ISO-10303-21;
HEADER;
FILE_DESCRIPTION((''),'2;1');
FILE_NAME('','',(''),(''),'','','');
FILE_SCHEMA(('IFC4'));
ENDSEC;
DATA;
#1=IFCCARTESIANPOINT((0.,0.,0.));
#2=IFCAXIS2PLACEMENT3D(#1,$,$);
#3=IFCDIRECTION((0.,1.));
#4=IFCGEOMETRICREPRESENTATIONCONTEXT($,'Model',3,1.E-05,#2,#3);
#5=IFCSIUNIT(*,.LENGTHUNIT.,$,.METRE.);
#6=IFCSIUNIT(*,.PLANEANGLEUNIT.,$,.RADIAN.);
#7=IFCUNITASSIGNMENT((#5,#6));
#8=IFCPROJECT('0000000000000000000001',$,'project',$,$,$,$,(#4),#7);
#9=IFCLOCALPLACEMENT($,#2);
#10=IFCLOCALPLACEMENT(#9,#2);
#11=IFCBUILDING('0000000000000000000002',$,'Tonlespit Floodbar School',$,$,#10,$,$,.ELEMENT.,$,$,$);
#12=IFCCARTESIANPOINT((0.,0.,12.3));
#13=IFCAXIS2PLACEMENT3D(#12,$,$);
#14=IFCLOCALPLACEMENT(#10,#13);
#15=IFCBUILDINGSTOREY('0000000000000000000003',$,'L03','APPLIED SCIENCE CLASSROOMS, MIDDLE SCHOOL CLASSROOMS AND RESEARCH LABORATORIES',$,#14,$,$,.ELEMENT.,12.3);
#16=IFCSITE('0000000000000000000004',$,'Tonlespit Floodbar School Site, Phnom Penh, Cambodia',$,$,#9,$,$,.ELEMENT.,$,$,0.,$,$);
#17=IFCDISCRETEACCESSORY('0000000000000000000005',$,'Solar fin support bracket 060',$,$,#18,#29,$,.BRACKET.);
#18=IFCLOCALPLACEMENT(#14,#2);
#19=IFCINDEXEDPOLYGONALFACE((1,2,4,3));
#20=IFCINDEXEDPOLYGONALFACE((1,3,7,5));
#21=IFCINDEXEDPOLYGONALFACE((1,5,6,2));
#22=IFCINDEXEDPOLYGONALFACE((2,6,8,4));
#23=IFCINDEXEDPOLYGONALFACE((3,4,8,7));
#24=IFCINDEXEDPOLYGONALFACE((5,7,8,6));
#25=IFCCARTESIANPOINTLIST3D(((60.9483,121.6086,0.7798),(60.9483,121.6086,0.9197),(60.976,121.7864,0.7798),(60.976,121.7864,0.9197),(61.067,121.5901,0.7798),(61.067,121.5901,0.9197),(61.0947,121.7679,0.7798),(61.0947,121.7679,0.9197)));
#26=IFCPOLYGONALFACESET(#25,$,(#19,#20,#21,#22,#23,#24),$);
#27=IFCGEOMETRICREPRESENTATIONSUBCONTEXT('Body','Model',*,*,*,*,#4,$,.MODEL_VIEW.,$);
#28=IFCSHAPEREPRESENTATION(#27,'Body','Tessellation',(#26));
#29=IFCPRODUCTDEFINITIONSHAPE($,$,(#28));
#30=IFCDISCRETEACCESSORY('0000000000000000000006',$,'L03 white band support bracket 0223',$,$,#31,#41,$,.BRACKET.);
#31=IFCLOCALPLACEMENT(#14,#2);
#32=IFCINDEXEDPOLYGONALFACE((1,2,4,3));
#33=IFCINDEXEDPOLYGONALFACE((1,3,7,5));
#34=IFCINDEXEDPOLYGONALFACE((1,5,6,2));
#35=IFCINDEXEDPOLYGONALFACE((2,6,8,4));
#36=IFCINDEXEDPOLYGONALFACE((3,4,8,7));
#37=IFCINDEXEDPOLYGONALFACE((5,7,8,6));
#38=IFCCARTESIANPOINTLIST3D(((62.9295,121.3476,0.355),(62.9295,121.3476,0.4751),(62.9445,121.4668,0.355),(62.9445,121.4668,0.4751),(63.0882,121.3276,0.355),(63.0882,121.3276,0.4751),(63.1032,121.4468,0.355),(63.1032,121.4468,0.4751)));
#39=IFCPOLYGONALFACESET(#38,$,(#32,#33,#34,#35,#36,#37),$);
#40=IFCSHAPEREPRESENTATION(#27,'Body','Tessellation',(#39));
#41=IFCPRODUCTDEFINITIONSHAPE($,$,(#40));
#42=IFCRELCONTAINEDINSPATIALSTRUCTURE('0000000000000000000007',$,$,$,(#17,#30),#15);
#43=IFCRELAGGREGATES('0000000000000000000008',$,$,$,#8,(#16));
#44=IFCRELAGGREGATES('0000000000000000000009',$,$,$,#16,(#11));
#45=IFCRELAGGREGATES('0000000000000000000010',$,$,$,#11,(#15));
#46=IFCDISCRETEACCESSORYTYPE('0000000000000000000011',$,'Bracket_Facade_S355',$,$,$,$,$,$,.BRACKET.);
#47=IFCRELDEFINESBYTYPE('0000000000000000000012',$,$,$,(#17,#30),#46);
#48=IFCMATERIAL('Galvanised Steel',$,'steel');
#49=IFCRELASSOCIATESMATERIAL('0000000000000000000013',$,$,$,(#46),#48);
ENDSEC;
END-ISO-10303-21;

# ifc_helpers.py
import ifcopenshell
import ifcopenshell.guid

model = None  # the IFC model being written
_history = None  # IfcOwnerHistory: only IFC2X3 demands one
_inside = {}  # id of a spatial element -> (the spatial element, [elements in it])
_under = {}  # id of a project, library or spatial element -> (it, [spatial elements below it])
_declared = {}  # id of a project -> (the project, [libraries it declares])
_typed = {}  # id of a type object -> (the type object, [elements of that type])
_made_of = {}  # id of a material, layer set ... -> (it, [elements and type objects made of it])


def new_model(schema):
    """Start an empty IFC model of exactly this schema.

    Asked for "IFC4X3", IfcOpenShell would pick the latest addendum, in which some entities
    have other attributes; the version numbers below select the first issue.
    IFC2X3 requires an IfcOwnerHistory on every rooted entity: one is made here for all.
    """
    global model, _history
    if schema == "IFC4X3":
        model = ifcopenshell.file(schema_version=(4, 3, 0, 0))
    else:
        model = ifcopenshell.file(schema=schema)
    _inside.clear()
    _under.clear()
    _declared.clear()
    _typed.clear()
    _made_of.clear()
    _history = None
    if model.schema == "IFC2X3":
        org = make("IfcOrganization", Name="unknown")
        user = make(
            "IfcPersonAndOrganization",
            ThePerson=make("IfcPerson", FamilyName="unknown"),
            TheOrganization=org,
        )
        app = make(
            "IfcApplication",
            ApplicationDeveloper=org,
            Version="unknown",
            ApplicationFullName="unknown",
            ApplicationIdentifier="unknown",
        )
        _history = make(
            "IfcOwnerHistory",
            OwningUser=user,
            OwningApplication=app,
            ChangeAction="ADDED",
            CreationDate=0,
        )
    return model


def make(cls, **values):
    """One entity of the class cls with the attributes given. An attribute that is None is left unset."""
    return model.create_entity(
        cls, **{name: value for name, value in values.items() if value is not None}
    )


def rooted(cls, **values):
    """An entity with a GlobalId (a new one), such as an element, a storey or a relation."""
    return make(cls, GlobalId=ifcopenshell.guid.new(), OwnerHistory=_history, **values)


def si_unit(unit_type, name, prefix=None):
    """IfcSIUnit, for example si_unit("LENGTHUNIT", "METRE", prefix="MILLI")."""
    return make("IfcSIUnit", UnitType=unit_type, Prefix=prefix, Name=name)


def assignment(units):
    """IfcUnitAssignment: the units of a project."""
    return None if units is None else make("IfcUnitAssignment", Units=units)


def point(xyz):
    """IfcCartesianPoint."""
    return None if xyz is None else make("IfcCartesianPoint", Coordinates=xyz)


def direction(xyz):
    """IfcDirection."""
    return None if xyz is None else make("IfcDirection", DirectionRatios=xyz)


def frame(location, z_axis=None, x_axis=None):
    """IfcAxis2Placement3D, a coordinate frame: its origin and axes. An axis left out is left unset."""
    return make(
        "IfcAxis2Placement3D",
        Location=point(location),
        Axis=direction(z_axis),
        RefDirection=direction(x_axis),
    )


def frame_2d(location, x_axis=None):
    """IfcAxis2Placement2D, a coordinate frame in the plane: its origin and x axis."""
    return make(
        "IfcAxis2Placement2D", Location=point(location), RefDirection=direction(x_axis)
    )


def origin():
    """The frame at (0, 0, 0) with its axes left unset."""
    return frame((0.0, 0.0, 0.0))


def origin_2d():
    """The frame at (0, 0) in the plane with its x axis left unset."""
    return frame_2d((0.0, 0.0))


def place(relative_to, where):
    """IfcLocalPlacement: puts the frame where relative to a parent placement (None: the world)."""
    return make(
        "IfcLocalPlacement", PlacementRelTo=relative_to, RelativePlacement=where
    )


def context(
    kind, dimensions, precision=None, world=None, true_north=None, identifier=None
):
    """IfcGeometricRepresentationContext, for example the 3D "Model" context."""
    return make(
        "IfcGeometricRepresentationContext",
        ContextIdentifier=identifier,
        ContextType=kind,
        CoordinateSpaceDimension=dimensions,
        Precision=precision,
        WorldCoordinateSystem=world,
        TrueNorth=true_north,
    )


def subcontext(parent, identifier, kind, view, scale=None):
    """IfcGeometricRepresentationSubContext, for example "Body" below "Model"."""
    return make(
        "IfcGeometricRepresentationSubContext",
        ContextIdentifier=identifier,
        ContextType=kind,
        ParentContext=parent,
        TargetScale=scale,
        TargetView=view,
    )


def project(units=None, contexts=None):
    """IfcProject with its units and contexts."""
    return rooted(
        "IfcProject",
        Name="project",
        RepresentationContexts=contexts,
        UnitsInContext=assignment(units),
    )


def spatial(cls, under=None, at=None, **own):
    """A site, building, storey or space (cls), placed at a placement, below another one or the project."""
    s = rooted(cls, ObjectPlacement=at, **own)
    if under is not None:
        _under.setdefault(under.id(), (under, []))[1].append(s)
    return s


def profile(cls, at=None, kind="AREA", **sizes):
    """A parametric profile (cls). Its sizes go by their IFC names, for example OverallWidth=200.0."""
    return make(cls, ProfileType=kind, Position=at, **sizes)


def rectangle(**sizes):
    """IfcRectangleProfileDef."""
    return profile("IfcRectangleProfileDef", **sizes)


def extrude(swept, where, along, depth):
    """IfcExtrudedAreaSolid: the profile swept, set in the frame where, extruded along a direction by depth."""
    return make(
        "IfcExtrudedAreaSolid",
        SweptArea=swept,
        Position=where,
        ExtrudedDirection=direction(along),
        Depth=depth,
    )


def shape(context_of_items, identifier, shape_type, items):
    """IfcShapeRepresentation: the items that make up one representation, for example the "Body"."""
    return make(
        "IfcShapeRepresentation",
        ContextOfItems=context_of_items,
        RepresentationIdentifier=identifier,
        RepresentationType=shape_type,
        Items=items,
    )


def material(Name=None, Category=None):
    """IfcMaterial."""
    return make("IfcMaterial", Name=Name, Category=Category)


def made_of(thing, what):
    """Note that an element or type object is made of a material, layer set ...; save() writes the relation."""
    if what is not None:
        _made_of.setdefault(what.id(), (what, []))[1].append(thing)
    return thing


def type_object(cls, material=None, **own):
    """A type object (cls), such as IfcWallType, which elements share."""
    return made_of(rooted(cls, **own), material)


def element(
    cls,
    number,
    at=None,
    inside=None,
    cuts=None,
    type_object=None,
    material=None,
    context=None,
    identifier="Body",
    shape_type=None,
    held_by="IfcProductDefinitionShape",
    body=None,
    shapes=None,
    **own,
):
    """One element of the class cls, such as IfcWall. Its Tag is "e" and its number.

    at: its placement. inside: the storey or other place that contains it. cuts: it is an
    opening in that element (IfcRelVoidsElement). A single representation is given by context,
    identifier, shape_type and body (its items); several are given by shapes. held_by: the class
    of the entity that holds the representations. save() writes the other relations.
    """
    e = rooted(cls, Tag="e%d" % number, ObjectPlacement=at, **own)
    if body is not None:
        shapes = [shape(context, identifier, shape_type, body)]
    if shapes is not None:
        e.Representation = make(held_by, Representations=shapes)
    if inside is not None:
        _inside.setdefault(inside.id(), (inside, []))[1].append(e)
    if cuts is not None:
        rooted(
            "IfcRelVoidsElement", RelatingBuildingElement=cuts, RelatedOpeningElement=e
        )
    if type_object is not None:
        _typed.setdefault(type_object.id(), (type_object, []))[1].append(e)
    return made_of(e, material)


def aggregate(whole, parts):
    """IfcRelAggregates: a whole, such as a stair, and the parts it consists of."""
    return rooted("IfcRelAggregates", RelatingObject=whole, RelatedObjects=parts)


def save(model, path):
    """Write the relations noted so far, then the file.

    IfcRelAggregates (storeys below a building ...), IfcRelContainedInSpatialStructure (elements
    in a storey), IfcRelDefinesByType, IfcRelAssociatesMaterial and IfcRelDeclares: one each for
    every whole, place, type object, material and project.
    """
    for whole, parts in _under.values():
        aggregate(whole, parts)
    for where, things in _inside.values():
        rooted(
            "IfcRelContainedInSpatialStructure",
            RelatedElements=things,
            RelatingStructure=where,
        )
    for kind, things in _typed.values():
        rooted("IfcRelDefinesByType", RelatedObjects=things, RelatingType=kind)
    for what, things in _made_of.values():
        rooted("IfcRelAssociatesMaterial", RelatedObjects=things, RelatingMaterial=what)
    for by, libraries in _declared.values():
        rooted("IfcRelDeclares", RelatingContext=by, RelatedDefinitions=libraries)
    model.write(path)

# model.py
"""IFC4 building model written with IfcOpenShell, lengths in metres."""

from ifc_helpers import new_model, si_unit, direction, frame, origin, origin_2d, place, context, subcontext, project, spatial, rectangle, extrude, material, type_object, element, save


model = new_model("IFC4")

# Units and contexts
model_context = context("Model", 3, precision=1e-05, world=origin(), true_north=direction((0.0, 1.0)))
body_context = subcontext(model_context, "Body", "Model", "MODEL_VIEW")
ifc_project = project(units=[si_unit("LENGTHUNIT", "METRE"), si_unit("PLANEANGLEUNIT", "RADIAN")], contexts=[model_context])

# Site, building, storey
site_placement = place(None, origin())
site = spatial("IfcSite", under=ifc_project, at=site_placement, Name="Tonlespit Floodbar School Site, Phnom Penh, Cambodia", CompositionType="ELEMENT", RefElevation=0.0)
building_placement = place(site_placement, origin())
building = spatial("IfcBuilding", under=site, at=building_placement, Name="Tonlespit Floodbar School", CompositionType="ELEMENT")
storey_placement = place(building_placement, frame((0.0, 0.0, 12.3)))
storey = spatial("IfcBuildingStorey", under=building, at=storey_placement, Name="L03", Description="APPLIED SCIENCE CLASSROOMS, MIDDLE SCHOOL CLASSROOMS AND RESEARCH LABORATORIES", CompositionType="ELEMENT", Elevation=12.3)

# Discrete accessories
ifc_material_1 = material(Name="Galvanised Steel", Category="steel")
discrete_accessory_type = type_object("IfcDiscreteAccessoryType", Name="Bracket_Facade_S355", PredefinedType="BRACKET", material=ifc_material_1)
discrete_accessory_1_placement = place(storey_placement, frame((61.0215, 121.6882, 0.7798), z_axis=(0.0, 0.0, 1.0), x_axis=(0.988095, -0.153846, 0.0)))
element("IfcDiscreteAccessory", 1, at=discrete_accessory_1_placement, inside=storey, type_object=discrete_accessory_type, Name="Solar fin support bracket 060", PredefinedType="BRACKET", context=body_context, shape_type="SweptSolid", body=[
    extrude(rectangle(XDim=0.1201, YDim=0.1799, at=origin_2d()), origin(), (0.0, 0.0, 1.0), 0.1399),
])
discrete_accessory_2_placement = place(storey_placement, frame((63.0164, 121.3972, 0.355), z_axis=(0.0, 0.0, 1.0), x_axis=(0.992155, -0.125011, 0.0)))
element("IfcDiscreteAccessory", 2, at=discrete_accessory_2_placement, inside=storey, type_object=discrete_accessory_type, Name="L03 white band support bracket 0223", PredefinedType="BRACKET", context=body_context, shape_type="SweptSolid", body=[
    extrude(rectangle(XDim=0.1599, YDim=0.1201, at=origin_2d()), origin(), (0.0, 0.0, 1.0), 0.1201),
])

save(model, "model.ifc")
